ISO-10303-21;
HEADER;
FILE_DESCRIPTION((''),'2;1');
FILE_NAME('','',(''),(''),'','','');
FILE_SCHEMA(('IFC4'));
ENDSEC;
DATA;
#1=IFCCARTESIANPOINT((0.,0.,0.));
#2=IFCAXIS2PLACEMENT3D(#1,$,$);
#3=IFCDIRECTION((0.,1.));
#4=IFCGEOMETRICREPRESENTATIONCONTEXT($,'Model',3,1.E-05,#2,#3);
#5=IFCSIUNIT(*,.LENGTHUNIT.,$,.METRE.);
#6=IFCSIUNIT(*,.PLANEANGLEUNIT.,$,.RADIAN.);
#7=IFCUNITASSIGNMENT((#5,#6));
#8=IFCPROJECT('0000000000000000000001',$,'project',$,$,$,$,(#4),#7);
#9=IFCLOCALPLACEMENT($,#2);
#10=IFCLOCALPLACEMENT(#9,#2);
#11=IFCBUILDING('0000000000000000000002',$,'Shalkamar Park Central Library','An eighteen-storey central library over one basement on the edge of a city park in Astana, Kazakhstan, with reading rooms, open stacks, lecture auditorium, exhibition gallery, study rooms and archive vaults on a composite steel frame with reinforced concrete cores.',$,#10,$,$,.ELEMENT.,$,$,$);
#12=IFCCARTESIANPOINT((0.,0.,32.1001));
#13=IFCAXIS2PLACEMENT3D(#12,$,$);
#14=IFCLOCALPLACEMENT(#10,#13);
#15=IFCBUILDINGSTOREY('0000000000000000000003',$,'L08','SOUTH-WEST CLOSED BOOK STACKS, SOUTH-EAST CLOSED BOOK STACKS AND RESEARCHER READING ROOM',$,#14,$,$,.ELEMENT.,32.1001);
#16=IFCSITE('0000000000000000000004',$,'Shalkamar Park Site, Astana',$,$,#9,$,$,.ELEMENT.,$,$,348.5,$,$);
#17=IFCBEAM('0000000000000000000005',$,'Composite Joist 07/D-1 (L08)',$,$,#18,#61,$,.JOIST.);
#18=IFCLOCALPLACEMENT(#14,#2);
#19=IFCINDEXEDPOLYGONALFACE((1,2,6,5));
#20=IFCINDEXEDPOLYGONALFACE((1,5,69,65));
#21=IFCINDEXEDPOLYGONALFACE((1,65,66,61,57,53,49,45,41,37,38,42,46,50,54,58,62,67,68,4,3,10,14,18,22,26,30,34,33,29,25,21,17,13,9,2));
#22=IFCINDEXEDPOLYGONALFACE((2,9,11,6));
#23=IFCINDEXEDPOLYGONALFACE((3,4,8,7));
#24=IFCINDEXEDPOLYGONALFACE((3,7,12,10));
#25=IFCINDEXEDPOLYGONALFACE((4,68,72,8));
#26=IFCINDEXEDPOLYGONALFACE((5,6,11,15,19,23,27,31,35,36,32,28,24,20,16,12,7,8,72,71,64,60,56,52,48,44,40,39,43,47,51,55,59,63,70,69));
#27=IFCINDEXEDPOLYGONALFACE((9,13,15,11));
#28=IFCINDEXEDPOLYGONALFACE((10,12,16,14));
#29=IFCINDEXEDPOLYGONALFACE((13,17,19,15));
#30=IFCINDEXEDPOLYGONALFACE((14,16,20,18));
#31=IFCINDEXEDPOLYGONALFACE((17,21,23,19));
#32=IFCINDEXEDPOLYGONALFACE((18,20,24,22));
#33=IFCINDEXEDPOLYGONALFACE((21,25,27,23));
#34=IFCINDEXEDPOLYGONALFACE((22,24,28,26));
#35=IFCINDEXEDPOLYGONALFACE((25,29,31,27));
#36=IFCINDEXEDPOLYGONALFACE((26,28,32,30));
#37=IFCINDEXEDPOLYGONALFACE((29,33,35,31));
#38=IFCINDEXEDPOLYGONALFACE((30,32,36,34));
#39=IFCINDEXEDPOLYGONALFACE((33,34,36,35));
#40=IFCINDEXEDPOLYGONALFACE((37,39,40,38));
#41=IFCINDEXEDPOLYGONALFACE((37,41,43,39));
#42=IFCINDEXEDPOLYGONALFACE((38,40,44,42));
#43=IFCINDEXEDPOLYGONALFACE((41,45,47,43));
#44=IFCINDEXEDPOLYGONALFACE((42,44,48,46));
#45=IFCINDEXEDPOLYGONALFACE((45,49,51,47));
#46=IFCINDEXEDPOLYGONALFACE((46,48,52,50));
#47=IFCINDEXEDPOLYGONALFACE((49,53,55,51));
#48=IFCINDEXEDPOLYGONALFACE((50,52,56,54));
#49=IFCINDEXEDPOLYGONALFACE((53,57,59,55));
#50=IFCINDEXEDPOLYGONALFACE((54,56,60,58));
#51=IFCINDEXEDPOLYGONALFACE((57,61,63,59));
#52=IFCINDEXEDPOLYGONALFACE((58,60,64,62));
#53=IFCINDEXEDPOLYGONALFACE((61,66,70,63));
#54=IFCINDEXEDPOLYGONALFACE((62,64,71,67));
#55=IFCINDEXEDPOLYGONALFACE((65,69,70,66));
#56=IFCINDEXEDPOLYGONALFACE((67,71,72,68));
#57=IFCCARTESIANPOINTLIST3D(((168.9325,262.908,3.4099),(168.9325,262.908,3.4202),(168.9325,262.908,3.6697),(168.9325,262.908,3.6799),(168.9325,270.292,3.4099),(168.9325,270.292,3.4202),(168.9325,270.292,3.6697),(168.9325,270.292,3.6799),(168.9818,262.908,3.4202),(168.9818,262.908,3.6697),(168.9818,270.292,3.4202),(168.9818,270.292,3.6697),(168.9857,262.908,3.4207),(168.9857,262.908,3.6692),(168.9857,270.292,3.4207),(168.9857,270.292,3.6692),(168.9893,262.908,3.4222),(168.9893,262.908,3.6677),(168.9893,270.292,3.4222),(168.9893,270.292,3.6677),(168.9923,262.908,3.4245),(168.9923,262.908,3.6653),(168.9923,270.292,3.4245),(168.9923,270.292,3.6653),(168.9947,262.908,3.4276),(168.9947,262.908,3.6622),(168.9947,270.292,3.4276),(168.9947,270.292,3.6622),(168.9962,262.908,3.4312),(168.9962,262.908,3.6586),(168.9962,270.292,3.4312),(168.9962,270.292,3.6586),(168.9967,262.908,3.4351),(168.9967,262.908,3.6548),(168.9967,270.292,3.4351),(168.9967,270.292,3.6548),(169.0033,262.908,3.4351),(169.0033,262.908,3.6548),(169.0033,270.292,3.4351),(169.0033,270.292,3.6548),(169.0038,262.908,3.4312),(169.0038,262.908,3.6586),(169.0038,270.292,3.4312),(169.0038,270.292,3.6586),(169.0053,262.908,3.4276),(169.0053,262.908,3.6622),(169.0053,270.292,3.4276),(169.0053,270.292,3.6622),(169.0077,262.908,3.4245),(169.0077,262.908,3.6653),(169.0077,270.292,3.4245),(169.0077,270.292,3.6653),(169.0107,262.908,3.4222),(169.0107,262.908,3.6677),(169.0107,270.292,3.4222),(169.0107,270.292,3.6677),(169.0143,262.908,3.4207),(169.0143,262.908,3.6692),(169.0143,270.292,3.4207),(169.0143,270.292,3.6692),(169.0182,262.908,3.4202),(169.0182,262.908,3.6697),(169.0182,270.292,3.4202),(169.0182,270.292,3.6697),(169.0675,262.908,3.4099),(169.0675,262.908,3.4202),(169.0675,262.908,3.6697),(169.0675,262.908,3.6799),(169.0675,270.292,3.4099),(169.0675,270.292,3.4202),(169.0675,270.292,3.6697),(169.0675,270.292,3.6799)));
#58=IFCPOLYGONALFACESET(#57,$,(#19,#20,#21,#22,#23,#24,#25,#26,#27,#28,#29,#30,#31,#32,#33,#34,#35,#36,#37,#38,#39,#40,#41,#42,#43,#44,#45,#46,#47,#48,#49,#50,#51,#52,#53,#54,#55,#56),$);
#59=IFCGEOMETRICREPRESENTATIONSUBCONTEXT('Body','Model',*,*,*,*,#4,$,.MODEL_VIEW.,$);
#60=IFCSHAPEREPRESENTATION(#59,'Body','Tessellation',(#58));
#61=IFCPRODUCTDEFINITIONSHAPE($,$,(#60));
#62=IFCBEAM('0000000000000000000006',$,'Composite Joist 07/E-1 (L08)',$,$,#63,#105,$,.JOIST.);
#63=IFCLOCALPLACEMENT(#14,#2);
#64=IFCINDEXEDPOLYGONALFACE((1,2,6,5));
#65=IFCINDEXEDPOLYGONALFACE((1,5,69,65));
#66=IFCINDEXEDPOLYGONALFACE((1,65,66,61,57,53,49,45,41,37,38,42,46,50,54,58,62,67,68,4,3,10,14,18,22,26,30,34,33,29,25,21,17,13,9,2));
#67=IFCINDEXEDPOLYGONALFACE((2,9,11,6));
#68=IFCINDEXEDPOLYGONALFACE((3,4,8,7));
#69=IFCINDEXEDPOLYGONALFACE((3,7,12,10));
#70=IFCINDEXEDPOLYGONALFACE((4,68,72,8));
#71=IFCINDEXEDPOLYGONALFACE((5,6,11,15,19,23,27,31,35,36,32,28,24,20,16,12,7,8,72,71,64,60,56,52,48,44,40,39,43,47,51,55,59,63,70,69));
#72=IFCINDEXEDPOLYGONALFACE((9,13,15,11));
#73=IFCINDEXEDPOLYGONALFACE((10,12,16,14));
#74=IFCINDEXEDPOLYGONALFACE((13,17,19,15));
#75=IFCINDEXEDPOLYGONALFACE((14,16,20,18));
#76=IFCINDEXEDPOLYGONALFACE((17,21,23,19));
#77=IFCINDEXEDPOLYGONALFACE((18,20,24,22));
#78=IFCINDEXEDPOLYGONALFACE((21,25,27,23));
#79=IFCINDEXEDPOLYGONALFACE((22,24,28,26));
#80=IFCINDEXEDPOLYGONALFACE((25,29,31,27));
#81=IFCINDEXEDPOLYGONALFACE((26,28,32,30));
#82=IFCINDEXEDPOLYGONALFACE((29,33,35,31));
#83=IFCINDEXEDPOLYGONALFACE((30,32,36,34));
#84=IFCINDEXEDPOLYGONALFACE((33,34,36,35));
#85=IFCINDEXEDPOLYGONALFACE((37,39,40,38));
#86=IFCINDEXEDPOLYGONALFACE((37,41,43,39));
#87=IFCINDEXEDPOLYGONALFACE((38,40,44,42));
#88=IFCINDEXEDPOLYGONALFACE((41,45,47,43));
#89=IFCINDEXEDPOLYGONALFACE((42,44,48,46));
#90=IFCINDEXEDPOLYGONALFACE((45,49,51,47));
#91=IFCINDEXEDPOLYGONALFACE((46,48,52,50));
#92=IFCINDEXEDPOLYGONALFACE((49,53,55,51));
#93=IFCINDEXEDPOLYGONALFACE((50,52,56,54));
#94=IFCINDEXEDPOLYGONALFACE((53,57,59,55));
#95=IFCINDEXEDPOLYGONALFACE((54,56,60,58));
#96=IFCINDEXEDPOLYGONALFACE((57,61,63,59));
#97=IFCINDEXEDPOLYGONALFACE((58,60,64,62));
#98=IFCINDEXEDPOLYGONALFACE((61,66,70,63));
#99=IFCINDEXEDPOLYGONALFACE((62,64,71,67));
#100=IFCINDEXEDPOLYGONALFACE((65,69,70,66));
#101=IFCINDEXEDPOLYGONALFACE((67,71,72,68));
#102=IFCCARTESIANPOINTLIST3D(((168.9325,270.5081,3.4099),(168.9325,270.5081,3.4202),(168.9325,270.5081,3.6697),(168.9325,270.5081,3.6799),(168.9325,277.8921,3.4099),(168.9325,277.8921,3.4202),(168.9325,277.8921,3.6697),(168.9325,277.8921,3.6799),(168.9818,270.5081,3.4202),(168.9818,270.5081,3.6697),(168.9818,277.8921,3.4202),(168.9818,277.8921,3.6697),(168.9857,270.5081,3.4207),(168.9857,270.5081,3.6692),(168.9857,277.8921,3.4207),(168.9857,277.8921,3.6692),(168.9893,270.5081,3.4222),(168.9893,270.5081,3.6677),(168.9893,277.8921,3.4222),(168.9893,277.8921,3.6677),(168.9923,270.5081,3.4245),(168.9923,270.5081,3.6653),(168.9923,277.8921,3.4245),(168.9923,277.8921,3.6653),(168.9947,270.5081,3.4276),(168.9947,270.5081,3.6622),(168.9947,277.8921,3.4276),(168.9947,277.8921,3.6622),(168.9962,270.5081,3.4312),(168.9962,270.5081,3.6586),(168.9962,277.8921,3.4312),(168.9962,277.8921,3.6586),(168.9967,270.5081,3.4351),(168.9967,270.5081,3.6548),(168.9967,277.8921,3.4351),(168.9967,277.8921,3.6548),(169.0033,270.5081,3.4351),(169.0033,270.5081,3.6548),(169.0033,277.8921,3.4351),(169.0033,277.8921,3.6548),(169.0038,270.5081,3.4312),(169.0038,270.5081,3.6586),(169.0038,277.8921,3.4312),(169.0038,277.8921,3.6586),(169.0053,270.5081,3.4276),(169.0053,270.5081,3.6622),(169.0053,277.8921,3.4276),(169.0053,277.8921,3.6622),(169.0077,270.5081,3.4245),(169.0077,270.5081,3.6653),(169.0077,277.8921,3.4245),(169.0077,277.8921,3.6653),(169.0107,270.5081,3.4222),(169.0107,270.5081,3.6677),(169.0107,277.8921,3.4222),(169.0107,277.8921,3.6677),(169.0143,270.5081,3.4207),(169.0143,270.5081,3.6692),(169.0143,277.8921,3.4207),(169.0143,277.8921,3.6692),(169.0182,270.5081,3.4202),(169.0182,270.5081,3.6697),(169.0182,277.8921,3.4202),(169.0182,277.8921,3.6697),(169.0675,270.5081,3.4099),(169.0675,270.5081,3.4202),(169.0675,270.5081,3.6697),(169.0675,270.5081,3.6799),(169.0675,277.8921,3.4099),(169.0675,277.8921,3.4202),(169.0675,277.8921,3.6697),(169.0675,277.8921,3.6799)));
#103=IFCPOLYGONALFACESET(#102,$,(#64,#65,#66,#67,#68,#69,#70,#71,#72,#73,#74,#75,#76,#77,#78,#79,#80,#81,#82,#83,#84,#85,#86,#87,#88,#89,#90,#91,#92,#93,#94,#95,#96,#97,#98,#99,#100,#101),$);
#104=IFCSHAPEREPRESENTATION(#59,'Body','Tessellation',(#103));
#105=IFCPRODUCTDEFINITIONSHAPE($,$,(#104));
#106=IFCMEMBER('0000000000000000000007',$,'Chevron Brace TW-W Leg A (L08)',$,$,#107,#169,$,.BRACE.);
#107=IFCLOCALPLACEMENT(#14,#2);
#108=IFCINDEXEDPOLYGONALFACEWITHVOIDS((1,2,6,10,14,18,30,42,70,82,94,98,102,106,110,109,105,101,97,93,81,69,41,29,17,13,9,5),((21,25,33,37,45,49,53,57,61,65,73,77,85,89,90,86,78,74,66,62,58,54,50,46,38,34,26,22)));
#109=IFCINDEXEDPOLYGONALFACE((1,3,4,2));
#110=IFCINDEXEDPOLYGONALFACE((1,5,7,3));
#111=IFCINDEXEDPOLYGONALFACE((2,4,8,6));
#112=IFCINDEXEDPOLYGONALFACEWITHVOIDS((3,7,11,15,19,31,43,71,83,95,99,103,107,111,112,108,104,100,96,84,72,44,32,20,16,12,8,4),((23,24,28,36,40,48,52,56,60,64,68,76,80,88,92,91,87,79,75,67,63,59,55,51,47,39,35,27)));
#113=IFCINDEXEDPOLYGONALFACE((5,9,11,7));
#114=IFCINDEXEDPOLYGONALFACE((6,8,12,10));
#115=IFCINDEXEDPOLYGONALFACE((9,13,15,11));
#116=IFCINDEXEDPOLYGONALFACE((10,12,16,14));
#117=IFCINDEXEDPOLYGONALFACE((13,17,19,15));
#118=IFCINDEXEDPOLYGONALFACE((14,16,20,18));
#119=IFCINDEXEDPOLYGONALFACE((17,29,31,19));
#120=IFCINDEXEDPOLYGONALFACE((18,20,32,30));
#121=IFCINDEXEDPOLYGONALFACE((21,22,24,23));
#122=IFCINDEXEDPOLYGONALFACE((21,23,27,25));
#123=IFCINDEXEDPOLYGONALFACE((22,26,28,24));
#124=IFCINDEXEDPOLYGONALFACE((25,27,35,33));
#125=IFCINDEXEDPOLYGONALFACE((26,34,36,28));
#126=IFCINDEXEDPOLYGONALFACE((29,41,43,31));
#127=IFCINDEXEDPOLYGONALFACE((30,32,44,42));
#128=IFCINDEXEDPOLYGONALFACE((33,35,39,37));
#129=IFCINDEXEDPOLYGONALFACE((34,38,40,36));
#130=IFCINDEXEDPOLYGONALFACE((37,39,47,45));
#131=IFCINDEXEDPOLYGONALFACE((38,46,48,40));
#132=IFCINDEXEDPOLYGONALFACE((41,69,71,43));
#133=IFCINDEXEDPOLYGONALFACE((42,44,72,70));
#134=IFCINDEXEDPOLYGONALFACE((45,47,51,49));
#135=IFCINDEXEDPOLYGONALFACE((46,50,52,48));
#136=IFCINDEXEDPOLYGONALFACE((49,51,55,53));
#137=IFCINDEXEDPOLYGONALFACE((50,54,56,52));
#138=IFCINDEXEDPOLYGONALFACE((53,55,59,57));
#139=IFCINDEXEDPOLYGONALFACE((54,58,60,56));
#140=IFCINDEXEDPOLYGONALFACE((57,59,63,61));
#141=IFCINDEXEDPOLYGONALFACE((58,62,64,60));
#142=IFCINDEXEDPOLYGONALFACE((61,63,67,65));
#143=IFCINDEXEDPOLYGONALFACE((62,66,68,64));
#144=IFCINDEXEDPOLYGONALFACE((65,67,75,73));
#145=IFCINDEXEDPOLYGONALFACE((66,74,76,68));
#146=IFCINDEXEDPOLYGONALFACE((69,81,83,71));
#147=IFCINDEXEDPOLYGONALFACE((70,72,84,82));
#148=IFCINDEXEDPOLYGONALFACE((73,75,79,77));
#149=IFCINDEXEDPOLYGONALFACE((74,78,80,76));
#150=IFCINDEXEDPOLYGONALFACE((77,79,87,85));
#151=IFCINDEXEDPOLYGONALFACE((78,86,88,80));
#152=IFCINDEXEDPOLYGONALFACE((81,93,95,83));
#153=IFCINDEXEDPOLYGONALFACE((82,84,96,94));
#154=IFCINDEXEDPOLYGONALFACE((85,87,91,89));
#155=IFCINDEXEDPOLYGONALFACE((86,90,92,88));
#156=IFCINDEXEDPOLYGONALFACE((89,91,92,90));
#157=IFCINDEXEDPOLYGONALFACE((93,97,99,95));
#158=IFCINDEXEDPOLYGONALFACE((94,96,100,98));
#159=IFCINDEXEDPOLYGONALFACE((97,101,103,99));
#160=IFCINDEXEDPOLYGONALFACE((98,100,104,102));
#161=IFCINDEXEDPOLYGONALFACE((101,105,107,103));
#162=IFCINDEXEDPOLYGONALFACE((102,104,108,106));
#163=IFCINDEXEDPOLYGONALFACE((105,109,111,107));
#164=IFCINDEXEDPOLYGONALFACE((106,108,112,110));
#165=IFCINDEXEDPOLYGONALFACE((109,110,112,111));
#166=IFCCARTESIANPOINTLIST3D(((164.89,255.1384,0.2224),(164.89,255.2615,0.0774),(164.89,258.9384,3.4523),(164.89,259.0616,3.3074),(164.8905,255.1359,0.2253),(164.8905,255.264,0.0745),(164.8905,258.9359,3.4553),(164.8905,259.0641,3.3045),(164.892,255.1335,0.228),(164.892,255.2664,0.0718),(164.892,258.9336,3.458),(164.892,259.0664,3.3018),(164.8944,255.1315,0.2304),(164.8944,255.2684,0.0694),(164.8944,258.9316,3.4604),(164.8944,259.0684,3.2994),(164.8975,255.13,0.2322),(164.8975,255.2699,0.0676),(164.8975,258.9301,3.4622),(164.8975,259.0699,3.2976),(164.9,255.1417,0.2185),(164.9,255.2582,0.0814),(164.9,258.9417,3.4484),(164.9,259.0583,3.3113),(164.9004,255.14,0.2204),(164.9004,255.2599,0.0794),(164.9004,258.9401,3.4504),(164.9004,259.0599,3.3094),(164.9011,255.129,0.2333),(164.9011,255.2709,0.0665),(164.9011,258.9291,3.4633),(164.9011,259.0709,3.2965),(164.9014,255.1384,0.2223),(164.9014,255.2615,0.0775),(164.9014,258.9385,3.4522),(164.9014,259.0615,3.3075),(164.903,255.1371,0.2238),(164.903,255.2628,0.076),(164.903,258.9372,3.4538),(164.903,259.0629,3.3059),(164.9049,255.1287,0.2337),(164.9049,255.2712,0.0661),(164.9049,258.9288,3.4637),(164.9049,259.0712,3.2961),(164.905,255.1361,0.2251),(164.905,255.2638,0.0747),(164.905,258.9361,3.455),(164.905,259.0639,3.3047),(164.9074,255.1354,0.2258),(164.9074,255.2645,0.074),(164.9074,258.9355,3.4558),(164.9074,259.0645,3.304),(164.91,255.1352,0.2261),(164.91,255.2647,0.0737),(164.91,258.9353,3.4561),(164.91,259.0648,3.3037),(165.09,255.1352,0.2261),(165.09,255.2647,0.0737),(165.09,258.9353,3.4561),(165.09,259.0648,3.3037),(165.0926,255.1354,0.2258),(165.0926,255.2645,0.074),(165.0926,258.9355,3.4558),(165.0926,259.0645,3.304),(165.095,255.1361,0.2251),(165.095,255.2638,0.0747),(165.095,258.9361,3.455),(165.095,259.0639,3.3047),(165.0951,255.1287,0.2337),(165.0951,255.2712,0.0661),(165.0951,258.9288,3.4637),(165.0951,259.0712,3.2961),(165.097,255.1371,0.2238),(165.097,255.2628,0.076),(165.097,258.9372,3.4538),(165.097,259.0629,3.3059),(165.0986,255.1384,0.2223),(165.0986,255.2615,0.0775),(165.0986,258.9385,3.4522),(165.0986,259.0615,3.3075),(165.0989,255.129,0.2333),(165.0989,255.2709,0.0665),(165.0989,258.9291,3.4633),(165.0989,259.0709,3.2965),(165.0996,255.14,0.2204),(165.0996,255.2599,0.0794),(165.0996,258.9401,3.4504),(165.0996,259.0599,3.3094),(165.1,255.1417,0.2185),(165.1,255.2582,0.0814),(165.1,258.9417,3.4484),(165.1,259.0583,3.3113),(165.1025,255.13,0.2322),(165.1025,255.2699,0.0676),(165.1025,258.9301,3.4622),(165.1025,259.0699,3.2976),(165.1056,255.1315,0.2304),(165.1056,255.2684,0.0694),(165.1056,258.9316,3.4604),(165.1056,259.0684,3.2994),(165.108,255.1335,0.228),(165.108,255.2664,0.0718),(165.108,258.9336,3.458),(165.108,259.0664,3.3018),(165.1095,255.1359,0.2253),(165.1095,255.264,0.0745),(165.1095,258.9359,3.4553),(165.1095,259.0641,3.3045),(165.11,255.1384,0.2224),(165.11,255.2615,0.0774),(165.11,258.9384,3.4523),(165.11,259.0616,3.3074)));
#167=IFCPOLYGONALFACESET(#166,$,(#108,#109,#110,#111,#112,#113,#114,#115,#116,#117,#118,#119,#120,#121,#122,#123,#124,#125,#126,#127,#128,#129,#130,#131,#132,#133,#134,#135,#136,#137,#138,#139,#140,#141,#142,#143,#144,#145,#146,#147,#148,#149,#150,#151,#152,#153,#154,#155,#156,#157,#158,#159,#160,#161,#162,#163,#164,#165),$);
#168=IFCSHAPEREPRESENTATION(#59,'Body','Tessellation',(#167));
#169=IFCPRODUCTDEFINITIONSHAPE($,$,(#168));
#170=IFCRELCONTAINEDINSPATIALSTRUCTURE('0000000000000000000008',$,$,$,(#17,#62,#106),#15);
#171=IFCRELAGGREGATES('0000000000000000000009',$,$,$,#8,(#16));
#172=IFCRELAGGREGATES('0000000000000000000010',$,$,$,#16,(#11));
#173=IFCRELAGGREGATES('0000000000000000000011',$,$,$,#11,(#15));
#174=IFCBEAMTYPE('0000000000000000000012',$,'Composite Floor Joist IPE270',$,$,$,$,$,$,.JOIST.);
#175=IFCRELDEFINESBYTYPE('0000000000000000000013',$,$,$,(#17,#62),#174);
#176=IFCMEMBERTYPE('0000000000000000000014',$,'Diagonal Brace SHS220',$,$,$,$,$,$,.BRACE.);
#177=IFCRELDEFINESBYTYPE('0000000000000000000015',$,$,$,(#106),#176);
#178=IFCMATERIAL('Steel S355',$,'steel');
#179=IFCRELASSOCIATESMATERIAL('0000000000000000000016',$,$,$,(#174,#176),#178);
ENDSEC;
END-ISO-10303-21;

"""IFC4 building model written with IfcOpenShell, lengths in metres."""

from ifc_helpers import new_model, si_unit, direction, frame, origin, origin_2d, place, context, subcontext, project, spatial, hollow_rectangle, i_section, extrude, material, material_profile, profile_set, type_object, element, save


model = new_model("IFC4")

# Units and contexts
model_context = context("Model", 3, precision=1e-05, world=origin(), true_north=direction((0.0, 1.0)))
body_context = subcontext(model_context, "Body", "Model", "MODEL_VIEW")
ifc_project = project(units=[si_unit("LENGTHUNIT", "METRE"), si_unit("PLANEANGLEUNIT", "RADIAN")], contexts=[model_context])

# Site, building, storey
site_placement = place(None, origin())
site = spatial("IfcSite", under=ifc_project, at=site_placement, Name="Shalkamar Park Site, Astana", CompositionType="ELEMENT", RefElevation=348.5)
building_placement = place(site_placement, origin())
building = spatial("IfcBuilding", under=site, at=building_placement, Name="Shalkamar Park Central Library", Description="An eighteen-storey central library over one basement on the edge of a city park in Astana, Kazakhstan, with reading rooms, open stacks, lecture auditorium, exhibition gallery, study rooms and archive vaults on a composite steel frame with reinforced concrete cores.", CompositionType="ELEMENT")
storey_placement = place(building_placement, frame((0.0, 0.0, 32.1001)))
storey = spatial("IfcBuildingStorey", under=building, at=storey_placement, Name="L08", Description="SOUTH-WEST CLOSED BOOK STACKS, SOUTH-EAST CLOSED BOOK STACKS AND RESEARCHER READING ROOM", CompositionType="ELEMENT", Elevation=32.1001)

# Shared definitions
ifc_material_1 = material(Name="Steel S355", Category="steel")

# Beams
ifc_material_profile_1 = material_profile(ifc_material_1, i_section(OverallWidth=0.135, OverallDepth=0.27, WebThickness=0.0066, FlangeThickness=0.0103, FilletRadius=0.0149, at=origin_2d()), Name="IPE 270")
ifc_profile_set_1 = profile_set([ifc_material_profile_1], Name="Steel S355")
beam_type_1 = type_object("IfcBeamType", Name="Composite Floor Joist IPE270", PredefinedType="JOIST", material=ifc_profile_set_1)
for number, where, z_axis, x_axis, name in (
    (1, (169.0, 262.908, 3.5449), (0.0, 1.0, 0.0), (-1.0, 0.0, 0.0), "Composite Joist 07/D-1 (L08)"),
    (2, (169.0, 270.5081, 3.5449), (0.0, 1.0, 0.0), (-1.0, 0.0, 0.0), "Composite Joist 07/E-1 (L08)"),
):
    element("IfcBeam", number, at=place(storey_placement, frame(where, z_axis=z_axis, x_axis=x_axis)), inside=storey, type_object=beam_type_1, Name=name, PredefinedType="JOIST", context=body_context, shape_type="SweptSolid", body=[
        extrude(i_section(OverallWidth=0.135, OverallDepth=0.27, WebThickness=0.0066, FlangeThickness=0.0103, FilletRadius=0.0149, at=origin_2d()), origin(), (0.0, 0.0, 1.0), 7.384),
    ])

# Member
ifc_material_profile_2 = material_profile(ifc_material_1, hollow_rectangle(XDim=0.22, YDim=0.22, WallThickness=0.01, InnerFilletRadius=0.01, OuterFilletRadius=0.0149, at=origin_2d()), Name="SHS 220x220x10")
ifc_profile_set_2 = profile_set([ifc_material_profile_2], Name="Steel S355")
member_type = type_object("IfcMemberType", Name="Diagonal Brace SHS220", PredefinedType="BRACE", material=ifc_profile_set_2)
for number, where, z_axis, x_axis, name in (
    (3, (165.0, 255.2, 0.1499), (0.0, 0.761945, 0.647641), (-1.0, 0.0, 0.0), "Chevron Brace TW-W Leg A (L08)"),
):
    element("IfcMember", number, at=place(storey_placement, frame(where, z_axis=z_axis, x_axis=x_axis)), inside=storey, type_object=member_type, Name=name, PredefinedType="BRACE", context=body_context, shape_type="SweptSolid", body=[
        extrude(hollow_rectangle(XDim=0.22, YDim=0.22, WallThickness=0.01, InnerFilletRadius=0.01, OuterFilletRadius=0.0149, at=origin_2d()), origin(), (0.0, 0.0, 1.0), 4.9873),
    ])

save(model, "model.ifc")
